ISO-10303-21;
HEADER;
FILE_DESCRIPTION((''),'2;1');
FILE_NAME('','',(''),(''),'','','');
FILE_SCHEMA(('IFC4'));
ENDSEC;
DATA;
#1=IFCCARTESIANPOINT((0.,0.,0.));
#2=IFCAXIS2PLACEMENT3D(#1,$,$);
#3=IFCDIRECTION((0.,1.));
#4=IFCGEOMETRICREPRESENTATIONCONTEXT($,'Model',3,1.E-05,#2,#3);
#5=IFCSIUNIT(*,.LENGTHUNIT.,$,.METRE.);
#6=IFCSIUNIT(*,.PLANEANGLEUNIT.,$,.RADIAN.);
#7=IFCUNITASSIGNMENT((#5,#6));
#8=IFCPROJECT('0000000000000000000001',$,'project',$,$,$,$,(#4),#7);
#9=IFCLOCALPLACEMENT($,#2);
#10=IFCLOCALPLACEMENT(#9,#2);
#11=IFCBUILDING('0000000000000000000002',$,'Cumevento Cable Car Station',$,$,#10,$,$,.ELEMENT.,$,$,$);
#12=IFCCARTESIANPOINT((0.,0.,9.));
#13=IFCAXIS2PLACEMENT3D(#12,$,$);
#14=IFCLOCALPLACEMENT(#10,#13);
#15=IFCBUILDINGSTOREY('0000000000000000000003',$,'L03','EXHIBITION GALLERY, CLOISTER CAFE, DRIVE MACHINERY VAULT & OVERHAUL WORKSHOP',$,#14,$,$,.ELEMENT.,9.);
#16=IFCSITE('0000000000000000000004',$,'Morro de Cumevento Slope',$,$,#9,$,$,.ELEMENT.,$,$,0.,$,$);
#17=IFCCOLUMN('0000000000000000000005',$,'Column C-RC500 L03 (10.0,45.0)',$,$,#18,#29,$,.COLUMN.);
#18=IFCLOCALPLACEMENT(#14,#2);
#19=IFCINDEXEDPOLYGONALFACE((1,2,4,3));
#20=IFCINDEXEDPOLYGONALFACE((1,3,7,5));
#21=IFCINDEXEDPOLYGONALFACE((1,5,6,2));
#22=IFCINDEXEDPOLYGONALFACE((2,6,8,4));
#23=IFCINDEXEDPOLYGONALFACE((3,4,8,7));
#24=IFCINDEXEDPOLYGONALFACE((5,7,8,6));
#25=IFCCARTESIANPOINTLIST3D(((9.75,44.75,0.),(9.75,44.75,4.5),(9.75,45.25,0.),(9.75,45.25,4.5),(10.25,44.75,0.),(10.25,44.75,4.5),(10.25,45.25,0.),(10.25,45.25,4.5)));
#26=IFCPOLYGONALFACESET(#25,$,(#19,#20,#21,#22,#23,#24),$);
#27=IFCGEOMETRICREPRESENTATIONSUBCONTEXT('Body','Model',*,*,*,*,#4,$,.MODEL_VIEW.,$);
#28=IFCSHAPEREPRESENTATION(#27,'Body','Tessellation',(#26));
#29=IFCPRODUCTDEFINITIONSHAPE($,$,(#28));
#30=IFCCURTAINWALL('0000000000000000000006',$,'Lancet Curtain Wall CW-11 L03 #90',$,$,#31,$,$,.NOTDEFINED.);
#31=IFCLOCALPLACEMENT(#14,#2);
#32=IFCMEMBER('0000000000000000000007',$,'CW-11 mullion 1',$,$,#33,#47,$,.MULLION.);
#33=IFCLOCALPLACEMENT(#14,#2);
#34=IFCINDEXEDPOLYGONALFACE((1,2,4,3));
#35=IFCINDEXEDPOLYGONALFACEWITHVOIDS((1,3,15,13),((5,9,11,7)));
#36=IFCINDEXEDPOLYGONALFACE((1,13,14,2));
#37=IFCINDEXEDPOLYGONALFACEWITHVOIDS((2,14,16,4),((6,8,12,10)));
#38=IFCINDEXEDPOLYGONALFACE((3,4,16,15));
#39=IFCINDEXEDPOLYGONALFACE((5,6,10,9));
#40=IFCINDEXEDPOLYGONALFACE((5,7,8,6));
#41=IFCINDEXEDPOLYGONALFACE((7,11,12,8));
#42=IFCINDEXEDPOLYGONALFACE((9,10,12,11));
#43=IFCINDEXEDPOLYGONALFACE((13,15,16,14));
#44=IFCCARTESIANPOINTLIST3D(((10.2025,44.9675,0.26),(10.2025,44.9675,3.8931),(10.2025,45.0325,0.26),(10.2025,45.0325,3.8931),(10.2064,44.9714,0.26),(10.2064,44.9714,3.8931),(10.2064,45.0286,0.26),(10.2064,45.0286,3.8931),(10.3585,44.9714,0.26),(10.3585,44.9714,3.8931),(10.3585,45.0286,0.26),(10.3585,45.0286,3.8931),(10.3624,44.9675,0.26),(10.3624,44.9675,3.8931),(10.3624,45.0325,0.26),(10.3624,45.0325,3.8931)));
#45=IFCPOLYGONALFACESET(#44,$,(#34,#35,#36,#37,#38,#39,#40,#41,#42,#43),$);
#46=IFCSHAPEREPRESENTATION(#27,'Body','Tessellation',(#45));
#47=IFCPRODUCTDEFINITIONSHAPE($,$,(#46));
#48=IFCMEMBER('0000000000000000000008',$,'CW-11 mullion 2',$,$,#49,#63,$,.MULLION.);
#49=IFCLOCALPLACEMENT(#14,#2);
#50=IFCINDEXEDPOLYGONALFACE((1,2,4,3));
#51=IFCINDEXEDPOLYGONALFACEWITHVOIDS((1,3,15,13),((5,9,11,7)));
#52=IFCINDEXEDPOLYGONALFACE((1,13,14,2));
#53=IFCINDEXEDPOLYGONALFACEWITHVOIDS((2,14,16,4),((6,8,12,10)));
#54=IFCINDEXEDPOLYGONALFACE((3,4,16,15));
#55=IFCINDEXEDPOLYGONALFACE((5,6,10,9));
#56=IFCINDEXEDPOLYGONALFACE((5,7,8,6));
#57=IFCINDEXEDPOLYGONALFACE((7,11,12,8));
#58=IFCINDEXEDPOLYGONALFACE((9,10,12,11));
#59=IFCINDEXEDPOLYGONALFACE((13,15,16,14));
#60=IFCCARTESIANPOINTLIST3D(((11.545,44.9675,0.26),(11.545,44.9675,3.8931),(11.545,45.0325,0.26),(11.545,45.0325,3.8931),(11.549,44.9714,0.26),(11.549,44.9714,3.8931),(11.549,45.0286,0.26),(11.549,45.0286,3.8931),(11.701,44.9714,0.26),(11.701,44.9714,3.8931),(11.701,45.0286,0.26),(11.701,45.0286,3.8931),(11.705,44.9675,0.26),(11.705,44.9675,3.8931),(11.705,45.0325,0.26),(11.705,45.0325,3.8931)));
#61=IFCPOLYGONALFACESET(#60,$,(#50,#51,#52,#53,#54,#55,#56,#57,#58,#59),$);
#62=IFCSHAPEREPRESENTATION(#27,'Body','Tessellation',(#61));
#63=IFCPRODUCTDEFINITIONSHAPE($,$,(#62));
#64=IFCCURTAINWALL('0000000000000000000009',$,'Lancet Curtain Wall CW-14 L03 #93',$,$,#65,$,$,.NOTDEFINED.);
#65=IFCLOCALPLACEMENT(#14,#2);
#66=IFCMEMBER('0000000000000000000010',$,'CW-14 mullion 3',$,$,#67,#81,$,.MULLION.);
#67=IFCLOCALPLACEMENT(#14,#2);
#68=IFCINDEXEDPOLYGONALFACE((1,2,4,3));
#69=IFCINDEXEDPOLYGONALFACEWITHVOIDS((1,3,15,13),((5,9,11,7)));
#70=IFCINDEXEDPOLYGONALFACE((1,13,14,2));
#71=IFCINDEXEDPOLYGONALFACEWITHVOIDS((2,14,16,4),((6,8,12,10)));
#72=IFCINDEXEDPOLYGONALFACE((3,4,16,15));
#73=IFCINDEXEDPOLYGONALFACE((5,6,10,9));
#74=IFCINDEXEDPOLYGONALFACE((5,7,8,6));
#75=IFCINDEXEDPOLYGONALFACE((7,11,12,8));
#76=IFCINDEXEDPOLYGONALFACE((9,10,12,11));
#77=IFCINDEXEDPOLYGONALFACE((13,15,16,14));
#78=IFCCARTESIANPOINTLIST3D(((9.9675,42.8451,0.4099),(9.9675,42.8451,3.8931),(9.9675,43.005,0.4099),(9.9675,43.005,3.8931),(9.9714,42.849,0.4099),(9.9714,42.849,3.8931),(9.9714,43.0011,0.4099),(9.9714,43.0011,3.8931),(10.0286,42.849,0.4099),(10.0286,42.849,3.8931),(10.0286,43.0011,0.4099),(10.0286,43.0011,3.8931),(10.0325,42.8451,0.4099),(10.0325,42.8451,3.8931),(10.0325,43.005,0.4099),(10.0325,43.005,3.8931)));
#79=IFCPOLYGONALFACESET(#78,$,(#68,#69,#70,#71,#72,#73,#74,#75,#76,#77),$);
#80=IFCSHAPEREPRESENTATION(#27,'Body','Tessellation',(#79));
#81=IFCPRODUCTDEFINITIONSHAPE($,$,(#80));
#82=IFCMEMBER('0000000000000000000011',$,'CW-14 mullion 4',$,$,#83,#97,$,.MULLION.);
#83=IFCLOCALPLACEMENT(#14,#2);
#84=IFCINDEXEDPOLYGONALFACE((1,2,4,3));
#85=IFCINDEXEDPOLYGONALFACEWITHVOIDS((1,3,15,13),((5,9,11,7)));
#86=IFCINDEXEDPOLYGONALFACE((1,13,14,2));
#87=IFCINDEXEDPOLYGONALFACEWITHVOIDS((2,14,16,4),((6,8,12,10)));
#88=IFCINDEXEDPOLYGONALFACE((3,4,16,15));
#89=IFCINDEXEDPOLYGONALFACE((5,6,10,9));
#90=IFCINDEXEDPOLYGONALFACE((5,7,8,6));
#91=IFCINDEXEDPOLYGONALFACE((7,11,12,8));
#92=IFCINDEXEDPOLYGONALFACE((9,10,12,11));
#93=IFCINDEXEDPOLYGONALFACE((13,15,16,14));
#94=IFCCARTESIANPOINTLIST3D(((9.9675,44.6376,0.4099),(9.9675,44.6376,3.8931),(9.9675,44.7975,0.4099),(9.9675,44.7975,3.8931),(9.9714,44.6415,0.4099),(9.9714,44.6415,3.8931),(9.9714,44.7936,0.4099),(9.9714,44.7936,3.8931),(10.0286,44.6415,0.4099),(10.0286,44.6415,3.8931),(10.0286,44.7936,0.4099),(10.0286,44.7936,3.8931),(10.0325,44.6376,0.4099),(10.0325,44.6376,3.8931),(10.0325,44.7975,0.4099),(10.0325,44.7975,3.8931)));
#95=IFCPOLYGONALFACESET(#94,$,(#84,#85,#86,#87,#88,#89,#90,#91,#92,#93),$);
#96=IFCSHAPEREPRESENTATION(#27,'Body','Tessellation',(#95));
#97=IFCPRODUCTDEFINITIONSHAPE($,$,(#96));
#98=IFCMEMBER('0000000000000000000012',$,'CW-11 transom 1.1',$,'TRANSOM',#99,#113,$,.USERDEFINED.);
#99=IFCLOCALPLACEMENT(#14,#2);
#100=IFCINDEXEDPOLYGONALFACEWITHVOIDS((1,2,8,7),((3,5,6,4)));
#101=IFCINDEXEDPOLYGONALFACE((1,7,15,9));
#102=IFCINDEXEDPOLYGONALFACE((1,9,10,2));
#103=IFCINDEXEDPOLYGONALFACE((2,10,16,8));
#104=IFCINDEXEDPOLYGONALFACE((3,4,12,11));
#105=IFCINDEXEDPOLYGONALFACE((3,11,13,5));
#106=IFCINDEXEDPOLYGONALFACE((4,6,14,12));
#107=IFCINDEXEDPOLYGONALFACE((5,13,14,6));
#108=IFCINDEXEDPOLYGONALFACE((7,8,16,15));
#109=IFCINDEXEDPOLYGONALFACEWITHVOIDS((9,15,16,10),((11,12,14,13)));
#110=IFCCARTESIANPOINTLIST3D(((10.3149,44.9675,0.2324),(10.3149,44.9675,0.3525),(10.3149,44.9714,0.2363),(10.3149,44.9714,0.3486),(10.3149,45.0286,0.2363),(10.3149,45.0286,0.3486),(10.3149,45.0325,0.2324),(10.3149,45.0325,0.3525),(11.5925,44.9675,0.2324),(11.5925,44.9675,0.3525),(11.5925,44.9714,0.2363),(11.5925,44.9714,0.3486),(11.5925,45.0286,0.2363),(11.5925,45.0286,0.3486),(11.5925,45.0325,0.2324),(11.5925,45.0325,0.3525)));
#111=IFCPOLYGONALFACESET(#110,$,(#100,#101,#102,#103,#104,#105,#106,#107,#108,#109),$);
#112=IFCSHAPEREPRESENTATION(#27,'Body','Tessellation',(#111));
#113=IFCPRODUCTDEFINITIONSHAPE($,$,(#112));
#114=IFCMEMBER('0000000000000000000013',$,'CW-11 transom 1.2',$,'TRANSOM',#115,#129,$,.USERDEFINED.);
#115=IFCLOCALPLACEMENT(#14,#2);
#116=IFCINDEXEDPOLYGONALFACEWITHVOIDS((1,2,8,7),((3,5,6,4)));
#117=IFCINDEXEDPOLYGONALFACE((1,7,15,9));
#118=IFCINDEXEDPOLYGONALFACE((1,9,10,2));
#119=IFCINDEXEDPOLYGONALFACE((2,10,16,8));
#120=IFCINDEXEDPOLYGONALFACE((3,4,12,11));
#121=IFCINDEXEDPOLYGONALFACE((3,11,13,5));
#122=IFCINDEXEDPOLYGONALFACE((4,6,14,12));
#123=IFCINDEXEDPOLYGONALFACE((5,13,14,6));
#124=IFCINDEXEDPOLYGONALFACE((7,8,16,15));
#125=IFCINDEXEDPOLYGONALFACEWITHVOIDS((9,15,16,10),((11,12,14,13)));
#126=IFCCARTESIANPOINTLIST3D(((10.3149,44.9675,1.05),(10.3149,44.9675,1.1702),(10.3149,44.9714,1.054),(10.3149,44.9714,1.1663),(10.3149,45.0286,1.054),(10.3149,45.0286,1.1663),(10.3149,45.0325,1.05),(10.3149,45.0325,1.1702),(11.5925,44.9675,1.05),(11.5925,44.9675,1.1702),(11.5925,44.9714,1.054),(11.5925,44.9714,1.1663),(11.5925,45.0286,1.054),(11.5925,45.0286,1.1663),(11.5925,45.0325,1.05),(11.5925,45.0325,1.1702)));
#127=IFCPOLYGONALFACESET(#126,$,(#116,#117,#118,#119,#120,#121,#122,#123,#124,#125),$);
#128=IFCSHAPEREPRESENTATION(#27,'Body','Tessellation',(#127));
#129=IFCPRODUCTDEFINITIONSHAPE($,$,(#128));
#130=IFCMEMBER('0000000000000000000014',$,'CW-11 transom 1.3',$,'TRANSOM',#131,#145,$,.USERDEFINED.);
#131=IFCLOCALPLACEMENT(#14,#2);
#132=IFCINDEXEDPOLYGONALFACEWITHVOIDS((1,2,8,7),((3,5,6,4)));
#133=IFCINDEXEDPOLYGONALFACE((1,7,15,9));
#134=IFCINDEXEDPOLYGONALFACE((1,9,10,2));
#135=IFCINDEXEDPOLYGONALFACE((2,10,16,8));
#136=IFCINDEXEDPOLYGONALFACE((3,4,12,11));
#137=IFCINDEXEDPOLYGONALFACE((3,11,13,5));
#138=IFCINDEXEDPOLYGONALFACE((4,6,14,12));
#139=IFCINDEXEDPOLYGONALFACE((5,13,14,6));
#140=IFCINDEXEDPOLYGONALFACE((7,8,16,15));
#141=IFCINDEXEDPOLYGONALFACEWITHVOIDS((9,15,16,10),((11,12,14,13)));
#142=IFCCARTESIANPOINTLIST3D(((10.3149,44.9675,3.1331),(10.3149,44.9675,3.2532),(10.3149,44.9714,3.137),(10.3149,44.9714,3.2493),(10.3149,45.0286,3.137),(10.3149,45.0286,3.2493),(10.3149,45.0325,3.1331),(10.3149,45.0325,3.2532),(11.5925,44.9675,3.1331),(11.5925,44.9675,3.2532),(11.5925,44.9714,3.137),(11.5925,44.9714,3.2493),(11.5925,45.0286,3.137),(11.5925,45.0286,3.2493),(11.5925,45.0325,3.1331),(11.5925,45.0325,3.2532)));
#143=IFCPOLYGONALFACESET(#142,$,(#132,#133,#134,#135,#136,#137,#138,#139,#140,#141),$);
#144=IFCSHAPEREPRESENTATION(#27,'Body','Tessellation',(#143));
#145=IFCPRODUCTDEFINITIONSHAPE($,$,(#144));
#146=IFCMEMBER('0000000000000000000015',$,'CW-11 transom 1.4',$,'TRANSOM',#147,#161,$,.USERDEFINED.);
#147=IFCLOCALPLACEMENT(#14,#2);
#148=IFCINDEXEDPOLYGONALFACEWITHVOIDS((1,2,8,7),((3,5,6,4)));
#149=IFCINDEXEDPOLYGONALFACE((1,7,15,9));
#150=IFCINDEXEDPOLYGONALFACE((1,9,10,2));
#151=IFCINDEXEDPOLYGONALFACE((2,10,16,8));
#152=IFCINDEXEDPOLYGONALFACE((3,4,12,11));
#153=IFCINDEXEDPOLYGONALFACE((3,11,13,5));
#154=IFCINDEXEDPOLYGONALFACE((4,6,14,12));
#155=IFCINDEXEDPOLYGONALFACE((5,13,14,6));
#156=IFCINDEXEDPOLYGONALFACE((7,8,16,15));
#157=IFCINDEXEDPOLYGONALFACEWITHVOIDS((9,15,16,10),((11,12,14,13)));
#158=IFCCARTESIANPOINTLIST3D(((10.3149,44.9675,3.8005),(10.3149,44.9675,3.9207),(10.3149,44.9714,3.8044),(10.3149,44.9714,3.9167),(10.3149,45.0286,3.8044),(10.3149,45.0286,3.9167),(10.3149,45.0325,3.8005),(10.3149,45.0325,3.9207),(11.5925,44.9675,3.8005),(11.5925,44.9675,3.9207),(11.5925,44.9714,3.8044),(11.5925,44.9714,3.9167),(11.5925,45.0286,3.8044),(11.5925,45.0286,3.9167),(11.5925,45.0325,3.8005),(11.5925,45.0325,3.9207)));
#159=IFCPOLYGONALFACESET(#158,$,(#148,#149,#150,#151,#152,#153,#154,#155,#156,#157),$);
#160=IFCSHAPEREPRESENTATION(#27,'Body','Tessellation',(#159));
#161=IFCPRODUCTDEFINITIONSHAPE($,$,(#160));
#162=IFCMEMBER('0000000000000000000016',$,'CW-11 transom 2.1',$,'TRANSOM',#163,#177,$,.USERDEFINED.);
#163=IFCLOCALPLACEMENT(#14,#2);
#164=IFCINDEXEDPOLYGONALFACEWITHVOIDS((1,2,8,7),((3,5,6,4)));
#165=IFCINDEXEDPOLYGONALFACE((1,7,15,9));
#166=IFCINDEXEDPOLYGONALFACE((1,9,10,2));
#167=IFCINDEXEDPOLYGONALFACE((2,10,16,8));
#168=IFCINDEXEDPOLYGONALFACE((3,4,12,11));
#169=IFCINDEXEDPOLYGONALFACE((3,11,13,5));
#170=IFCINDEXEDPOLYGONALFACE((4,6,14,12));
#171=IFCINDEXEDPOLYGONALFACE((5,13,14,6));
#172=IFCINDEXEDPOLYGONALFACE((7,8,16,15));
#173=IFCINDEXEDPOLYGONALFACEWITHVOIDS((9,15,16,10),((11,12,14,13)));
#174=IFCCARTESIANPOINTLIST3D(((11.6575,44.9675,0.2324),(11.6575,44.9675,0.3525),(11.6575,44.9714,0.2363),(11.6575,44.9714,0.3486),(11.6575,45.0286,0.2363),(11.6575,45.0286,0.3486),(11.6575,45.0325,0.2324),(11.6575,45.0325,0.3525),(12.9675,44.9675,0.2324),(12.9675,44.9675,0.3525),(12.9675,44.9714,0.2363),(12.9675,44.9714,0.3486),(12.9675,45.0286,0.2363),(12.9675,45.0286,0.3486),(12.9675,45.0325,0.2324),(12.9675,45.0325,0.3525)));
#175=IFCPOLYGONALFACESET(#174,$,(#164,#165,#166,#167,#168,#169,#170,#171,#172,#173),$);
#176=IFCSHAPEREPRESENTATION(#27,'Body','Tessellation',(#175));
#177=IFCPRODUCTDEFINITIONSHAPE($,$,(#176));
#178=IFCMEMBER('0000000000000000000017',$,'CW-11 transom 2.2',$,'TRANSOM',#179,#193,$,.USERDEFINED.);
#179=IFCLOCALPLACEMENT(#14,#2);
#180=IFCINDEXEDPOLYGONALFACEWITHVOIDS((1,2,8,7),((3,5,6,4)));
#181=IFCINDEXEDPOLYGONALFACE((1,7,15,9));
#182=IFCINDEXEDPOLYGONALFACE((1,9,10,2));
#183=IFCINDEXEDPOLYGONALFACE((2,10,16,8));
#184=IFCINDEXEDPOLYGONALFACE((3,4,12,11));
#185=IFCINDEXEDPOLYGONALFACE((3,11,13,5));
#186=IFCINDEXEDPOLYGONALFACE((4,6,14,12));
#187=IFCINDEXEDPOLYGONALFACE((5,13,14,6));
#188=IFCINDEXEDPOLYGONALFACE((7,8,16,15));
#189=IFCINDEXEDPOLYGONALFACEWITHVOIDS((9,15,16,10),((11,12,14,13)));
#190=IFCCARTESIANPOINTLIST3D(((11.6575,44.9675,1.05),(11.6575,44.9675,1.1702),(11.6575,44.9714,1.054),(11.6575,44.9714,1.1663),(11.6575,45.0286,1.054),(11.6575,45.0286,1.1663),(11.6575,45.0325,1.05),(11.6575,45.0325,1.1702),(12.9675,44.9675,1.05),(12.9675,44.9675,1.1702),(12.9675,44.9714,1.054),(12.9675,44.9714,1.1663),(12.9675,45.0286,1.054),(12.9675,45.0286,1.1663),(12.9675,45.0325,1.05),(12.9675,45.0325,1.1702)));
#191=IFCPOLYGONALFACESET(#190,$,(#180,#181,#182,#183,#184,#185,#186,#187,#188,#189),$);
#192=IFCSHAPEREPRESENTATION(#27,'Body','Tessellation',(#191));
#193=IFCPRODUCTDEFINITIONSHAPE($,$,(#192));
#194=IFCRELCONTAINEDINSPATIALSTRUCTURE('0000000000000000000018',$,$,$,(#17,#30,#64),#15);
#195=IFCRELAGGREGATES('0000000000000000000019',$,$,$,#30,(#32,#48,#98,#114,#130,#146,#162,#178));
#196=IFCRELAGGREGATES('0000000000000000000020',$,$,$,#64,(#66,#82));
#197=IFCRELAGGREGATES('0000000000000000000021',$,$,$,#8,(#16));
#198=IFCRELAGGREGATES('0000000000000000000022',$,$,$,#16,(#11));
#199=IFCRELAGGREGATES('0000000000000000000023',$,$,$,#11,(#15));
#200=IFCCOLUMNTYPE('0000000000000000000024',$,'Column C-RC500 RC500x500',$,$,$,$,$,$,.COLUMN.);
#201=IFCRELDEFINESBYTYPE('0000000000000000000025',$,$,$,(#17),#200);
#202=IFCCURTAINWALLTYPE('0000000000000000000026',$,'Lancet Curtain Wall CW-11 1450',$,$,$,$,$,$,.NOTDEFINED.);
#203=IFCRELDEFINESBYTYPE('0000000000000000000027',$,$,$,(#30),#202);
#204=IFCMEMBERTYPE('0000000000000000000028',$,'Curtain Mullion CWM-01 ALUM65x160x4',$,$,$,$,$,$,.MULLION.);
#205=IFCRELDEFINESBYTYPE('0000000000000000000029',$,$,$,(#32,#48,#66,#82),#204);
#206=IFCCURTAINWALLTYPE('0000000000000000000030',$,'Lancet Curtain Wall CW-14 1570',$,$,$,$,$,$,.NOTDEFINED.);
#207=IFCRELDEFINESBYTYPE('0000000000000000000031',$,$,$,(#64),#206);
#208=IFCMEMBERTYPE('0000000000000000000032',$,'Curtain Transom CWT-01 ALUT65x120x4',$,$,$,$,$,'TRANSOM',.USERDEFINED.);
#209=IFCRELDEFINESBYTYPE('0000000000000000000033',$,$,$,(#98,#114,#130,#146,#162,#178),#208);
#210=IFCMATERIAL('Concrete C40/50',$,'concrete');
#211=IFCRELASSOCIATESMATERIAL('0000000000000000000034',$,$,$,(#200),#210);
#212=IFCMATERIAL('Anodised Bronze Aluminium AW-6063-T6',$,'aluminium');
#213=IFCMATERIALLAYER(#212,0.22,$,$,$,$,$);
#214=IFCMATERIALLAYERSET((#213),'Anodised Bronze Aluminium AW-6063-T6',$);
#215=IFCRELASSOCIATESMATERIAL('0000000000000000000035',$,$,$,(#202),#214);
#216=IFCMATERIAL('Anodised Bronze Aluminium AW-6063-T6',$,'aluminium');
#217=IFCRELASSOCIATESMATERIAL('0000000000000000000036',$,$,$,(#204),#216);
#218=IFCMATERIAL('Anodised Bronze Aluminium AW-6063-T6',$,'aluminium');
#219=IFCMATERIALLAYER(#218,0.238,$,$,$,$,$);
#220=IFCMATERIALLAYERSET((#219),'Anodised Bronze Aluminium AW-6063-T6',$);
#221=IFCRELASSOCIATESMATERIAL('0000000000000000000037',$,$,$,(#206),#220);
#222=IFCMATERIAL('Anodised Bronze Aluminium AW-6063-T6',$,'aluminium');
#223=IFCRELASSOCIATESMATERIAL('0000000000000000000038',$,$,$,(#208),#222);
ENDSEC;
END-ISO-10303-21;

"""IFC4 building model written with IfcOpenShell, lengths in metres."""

from ifc_helpers import new_model, si_unit, direction, frame, origin, origin_2d, place, context, subcontext, project, spatial, rectangle, hollow_rectangle, extrude, material, layer, layer_set, material_profile, profile_set, type_object, element, aggregate, save


model = new_model("IFC4")

# Units and contexts
model_context = context("Model", 3, precision=1e-05, world=origin(), true_north=direction((0.0, 1.0)))
body_context = subcontext(model_context, "Body", "Model", "MODEL_VIEW")
ifc_project = project(units=[si_unit("LENGTHUNIT", "METRE"), si_unit("PLANEANGLEUNIT", "RADIAN")], contexts=[model_context])

# Site, building, storey
site_placement = place(None, origin())
site = spatial("IfcSite", under=ifc_project, at=site_placement, Name="Morro de Cumevento Slope", CompositionType="ELEMENT", RefElevation=0.0)
building_placement = place(site_placement, origin())
building = spatial("IfcBuilding", under=site, at=building_placement, Name="Cumevento Cable Car Station", CompositionType="ELEMENT")
storey_placement = place(building_placement, frame((0.0, 0.0, 9.0)))
storey = spatial("IfcBuildingStorey", under=building, at=storey_placement, Name="L03", Description="EXHIBITION GALLERY, CLOISTER CAFE, DRIVE MACHINERY VAULT & OVERHAUL WORKSHOP", CompositionType="ELEMENT", Elevation=9.0)

# Column
ifc_material_1 = material(Name="Concrete C40/50", Category="concrete")
ifc_material_profile_1 = material_profile(ifc_material_1, rectangle(XDim=0.5, YDim=0.5, at=origin_2d()), Name="RC500x500")
ifc_profile_set_1 = profile_set([ifc_material_profile_1], Name="Concrete C40/50")
column_type = type_object("IfcColumnType", Name="Column C-RC500 RC500x500", PredefinedType="COLUMN", material=ifc_profile_set_1)
column_placement = place(storey_placement, frame((10.0, 45.0, 0.0), z_axis=(0.0, 0.0, 1.0), x_axis=(1.0, 0.0, 0.0)))
element("IfcColumn", 1, at=column_placement, inside=storey, type_object=column_type, Name="Column C-RC500 L03 (10.0,45.0)", PredefinedType="COLUMN", context=body_context, shape_type="SweptSolid", body=[
    extrude(rectangle(XDim=0.5, YDim=0.5, at=origin_2d()), origin(), (0.0, 0.0, 1.0), 4.5),
])

# Curtain walls, members
ifc_material_2 = material(Name="Anodised Bronze Aluminium AW-6063-T6", Category="aluminium")
ifc_layer_1 = layer(ifc_material_2, 0.22)
ifc_layer_set_1 = layer_set([ifc_layer_1], Name="Anodised Bronze Aluminium AW-6063-T6")
curtain_wall_type_1 = type_object("IfcCurtainWallType", Name="Lancet Curtain Wall CW-11 1450", PredefinedType="NOTDEFINED", material=ifc_layer_set_1)
curtain_wall_1_placement = place(storey_placement, origin())
curtain_wall_1 = element("IfcCurtainWall", 2, at=curtain_wall_1_placement, inside=storey, type_object=curtain_wall_type_1, Name="Lancet Curtain Wall CW-11 L03 #90", PredefinedType="NOTDEFINED")
ifc_material_3 = material(Name="Anodised Bronze Aluminium AW-6063-T6", Category="aluminium")
ifc_material_profile_2 = material_profile(ifc_material_3, hollow_rectangle(XDim=0.0649, YDim=0.1599, WallThickness=0.0039, at=origin_2d()), Name="ALUM65x160x4")
ifc_profile_set_2 = profile_set([ifc_material_profile_2], Name="Anodised Bronze Aluminium AW-6063-T6")
member_type_1 = type_object("IfcMemberType", Name="Curtain Mullion CWM-01 ALUM65x160x4", PredefinedType="MULLION", material=ifc_profile_set_2)
member_1_placement = place(storey_placement, frame((10.2825, 45.0, 0.26), z_axis=(0.0, 0.0, 1.0), x_axis=(0.0, 1.0, 0.0)))
member_1 = element("IfcMember", 3, at=member_1_placement, type_object=member_type_1, Name="CW-11 mullion 1", PredefinedType="MULLION", context=body_context, shape_type="SweptSolid", body=[
    extrude(hollow_rectangle(XDim=0.0649, YDim=0.1599, WallThickness=0.0039, at=origin_2d()), origin(), (0.0, 0.0, 1.0), 3.6331),
])
member_2_placement = place(storey_placement, frame((11.625, 45.0, 0.26), z_axis=(0.0, 0.0, 1.0), x_axis=(0.0, 1.0, 0.0)))
member_2 = element("IfcMember", 4, at=member_2_placement, type_object=member_type_1, Name="CW-11 mullion 2", PredefinedType="MULLION", context=body_context, shape_type="SweptSolid", body=[
    extrude(hollow_rectangle(XDim=0.0649, YDim=0.1599, WallThickness=0.0039, at=origin_2d()), origin(), (0.0, 0.0, 1.0), 3.6331),
])
ifc_material_4 = material(Name="Anodised Bronze Aluminium AW-6063-T6", Category="aluminium")
ifc_layer_2 = layer(ifc_material_4, 0.238)
ifc_layer_set_2 = layer_set([ifc_layer_2], Name="Anodised Bronze Aluminium AW-6063-T6")
curtain_wall_type_2 = type_object("IfcCurtainWallType", Name="Lancet Curtain Wall CW-14 1570", PredefinedType="NOTDEFINED", material=ifc_layer_set_2)
curtain_wall_2_placement = place(storey_placement, origin())
curtain_wall_2 = element("IfcCurtainWall", 5, at=curtain_wall_2_placement, inside=storey, type_object=curtain_wall_type_2, Name="Lancet Curtain Wall CW-14 L03 #93", PredefinedType="NOTDEFINED")
member_3_placement = place(storey_placement, frame((10.0, 42.925, 0.4099), z_axis=(0.0, 0.0, 1.0), x_axis=(-1.0, 0.0, 0.0)))
member_3 = element("IfcMember", 6, at=member_3_placement, type_object=member_type_1, Name="CW-14 mullion 3", PredefinedType="MULLION", context=body_context, shape_type="SweptSolid", body=[
    extrude(hollow_rectangle(XDim=0.0649, YDim=0.1599, WallThickness=0.0039, at=origin_2d()), origin(), (0.0, 0.0, 1.0), 3.4832),
])
member_4_placement = place(storey_placement, frame((10.0, 44.7175, 0.4099), z_axis=(0.0, 0.0, 1.0), x_axis=(-1.0, 0.0, 0.0)))
member_4 = element("IfcMember", 7, at=member_4_placement, type_object=member_type_1, Name="CW-14 mullion 4", PredefinedType="MULLION", context=body_context, shape_type="SweptSolid", body=[
    extrude(hollow_rectangle(XDim=0.0649, YDim=0.1599, WallThickness=0.0039, at=origin_2d()), origin(), (0.0, 0.0, 1.0), 3.4832),
])

# Members
ifc_material_5 = material(Name="Anodised Bronze Aluminium AW-6063-T6", Category="aluminium")
ifc_material_profile_3 = material_profile(ifc_material_5, hollow_rectangle(XDim=0.0649, YDim=0.1201, WallThickness=0.0039, at=origin_2d()), Name="ALUT65x120x4")
ifc_profile_set_3 = profile_set([ifc_material_profile_3], Name="Anodised Bronze Aluminium AW-6063-T6")
member_type_2 = type_object("IfcMemberType", Name="Curtain Transom CWT-01 ALUT65x120x4", ElementType="TRANSOM", PredefinedType="USERDEFINED", material=ifc_profile_set_3)
member_5_placement = place(storey_placement, frame((10.3149, 45.0, 0.2925), z_axis=(1.0, 0.0, 0.0), x_axis=(0.0, 1.0, 0.0)))
member_5 = element("IfcMember", 8, at=member_5_placement, type_object=member_type_2, Name="CW-11 transom 1.1", ObjectType="TRANSOM", PredefinedType="USERDEFINED", context=body_context, shape_type="SweptSolid", body=[
    extrude(hollow_rectangle(XDim=0.0649, YDim=0.1201, WallThickness=0.0039, at=origin_2d()), origin(), (0.0, 0.0, 1.0), 1.2776),
])
member_6_placement = place(storey_placement, frame((10.3149, 45.0, 1.1101), z_axis=(1.0, 0.0, 0.0), x_axis=(0.0, 1.0, 0.0)))
member_6 = element("IfcMember", 9, at=member_6_placement, type_object=member_type_2, Name="CW-11 transom 1.2", ObjectType="TRANSOM", PredefinedType="USERDEFINED", context=body_context, shape_type="SweptSolid", body=[
    extrude(hollow_rectangle(XDim=0.0649, YDim=0.1201, WallThickness=0.0039, at=origin_2d()), origin(), (0.0, 0.0, 1.0), 1.2776),
])
member_7_placement = place(storey_placement, frame((10.3149, 45.0, 3.1931), z_axis=(1.0, 0.0, 0.0), x_axis=(0.0, 1.0, 0.0)))
member_7 = element("IfcMember", 10, at=member_7_placement, type_object=member_type_2, Name="CW-11 transom 1.3", ObjectType="TRANSOM", PredefinedType="USERDEFINED", context=body_context, shape_type="SweptSolid", body=[
    extrude(hollow_rectangle(XDim=0.0649, YDim=0.1201, WallThickness=0.0039, at=origin_2d()), origin(), (0.0, 0.0, 1.0), 1.2776),
])
member_8_placement = place(storey_placement, frame((10.3149, 45.0, 3.8606), z_axis=(1.0, 0.0, 0.0), x_axis=(0.0, 1.0, 0.0)))
member_8 = element("IfcMember", 11, at=member_8_placement, type_object=member_type_2, Name="CW-11 transom 1.4", ObjectType="TRANSOM", PredefinedType="USERDEFINED", context=body_context, shape_type="SweptSolid", body=[
    extrude(hollow_rectangle(XDim=0.0649, YDim=0.1201, WallThickness=0.0039, at=origin_2d()), origin(), (0.0, 0.0, 1.0), 1.2776),
])
member_9_placement = place(storey_placement, frame((11.6575, 45.0, 0.2925), z_axis=(1.0, 0.0, 0.0), x_axis=(0.0, 1.0, 0.0)))
member_9 = element("IfcMember", 12, at=member_9_placement, type_object=member_type_2, Name="CW-11 transom 2.1", ObjectType="TRANSOM", PredefinedType="USERDEFINED", context=body_context, shape_type="SweptSolid", body=[
    extrude(hollow_rectangle(XDim=0.0649, YDim=0.1201, WallThickness=0.0039, at=origin_2d()), origin(), (0.0, 0.0, 1.0), 1.3101),
])
member_10_placement = place(storey_placement, frame((11.6575, 45.0, 1.1101), z_axis=(1.0, 0.0, 0.0), x_axis=(0.0, 1.0, 0.0)))
member_10 = element("IfcMember", 13, at=member_10_placement, type_object=member_type_2, Name="CW-11 transom 2.2", ObjectType="TRANSOM", PredefinedType="USERDEFINED", context=body_context, shape_type="SweptSolid", body=[
    extrude(hollow_rectangle(XDim=0.0649, YDim=0.1201, WallThickness=0.0039, at=origin_2d()), origin(), (0.0, 0.0, 1.0), 1.3101),
])

aggregate(curtain_wall_1, [member_1, member_2, member_5, member_6, member_7, member_8, member_9, member_10])
aggregate(curtain_wall_2, [member_3, member_4])

save(model, "model.ifc")
